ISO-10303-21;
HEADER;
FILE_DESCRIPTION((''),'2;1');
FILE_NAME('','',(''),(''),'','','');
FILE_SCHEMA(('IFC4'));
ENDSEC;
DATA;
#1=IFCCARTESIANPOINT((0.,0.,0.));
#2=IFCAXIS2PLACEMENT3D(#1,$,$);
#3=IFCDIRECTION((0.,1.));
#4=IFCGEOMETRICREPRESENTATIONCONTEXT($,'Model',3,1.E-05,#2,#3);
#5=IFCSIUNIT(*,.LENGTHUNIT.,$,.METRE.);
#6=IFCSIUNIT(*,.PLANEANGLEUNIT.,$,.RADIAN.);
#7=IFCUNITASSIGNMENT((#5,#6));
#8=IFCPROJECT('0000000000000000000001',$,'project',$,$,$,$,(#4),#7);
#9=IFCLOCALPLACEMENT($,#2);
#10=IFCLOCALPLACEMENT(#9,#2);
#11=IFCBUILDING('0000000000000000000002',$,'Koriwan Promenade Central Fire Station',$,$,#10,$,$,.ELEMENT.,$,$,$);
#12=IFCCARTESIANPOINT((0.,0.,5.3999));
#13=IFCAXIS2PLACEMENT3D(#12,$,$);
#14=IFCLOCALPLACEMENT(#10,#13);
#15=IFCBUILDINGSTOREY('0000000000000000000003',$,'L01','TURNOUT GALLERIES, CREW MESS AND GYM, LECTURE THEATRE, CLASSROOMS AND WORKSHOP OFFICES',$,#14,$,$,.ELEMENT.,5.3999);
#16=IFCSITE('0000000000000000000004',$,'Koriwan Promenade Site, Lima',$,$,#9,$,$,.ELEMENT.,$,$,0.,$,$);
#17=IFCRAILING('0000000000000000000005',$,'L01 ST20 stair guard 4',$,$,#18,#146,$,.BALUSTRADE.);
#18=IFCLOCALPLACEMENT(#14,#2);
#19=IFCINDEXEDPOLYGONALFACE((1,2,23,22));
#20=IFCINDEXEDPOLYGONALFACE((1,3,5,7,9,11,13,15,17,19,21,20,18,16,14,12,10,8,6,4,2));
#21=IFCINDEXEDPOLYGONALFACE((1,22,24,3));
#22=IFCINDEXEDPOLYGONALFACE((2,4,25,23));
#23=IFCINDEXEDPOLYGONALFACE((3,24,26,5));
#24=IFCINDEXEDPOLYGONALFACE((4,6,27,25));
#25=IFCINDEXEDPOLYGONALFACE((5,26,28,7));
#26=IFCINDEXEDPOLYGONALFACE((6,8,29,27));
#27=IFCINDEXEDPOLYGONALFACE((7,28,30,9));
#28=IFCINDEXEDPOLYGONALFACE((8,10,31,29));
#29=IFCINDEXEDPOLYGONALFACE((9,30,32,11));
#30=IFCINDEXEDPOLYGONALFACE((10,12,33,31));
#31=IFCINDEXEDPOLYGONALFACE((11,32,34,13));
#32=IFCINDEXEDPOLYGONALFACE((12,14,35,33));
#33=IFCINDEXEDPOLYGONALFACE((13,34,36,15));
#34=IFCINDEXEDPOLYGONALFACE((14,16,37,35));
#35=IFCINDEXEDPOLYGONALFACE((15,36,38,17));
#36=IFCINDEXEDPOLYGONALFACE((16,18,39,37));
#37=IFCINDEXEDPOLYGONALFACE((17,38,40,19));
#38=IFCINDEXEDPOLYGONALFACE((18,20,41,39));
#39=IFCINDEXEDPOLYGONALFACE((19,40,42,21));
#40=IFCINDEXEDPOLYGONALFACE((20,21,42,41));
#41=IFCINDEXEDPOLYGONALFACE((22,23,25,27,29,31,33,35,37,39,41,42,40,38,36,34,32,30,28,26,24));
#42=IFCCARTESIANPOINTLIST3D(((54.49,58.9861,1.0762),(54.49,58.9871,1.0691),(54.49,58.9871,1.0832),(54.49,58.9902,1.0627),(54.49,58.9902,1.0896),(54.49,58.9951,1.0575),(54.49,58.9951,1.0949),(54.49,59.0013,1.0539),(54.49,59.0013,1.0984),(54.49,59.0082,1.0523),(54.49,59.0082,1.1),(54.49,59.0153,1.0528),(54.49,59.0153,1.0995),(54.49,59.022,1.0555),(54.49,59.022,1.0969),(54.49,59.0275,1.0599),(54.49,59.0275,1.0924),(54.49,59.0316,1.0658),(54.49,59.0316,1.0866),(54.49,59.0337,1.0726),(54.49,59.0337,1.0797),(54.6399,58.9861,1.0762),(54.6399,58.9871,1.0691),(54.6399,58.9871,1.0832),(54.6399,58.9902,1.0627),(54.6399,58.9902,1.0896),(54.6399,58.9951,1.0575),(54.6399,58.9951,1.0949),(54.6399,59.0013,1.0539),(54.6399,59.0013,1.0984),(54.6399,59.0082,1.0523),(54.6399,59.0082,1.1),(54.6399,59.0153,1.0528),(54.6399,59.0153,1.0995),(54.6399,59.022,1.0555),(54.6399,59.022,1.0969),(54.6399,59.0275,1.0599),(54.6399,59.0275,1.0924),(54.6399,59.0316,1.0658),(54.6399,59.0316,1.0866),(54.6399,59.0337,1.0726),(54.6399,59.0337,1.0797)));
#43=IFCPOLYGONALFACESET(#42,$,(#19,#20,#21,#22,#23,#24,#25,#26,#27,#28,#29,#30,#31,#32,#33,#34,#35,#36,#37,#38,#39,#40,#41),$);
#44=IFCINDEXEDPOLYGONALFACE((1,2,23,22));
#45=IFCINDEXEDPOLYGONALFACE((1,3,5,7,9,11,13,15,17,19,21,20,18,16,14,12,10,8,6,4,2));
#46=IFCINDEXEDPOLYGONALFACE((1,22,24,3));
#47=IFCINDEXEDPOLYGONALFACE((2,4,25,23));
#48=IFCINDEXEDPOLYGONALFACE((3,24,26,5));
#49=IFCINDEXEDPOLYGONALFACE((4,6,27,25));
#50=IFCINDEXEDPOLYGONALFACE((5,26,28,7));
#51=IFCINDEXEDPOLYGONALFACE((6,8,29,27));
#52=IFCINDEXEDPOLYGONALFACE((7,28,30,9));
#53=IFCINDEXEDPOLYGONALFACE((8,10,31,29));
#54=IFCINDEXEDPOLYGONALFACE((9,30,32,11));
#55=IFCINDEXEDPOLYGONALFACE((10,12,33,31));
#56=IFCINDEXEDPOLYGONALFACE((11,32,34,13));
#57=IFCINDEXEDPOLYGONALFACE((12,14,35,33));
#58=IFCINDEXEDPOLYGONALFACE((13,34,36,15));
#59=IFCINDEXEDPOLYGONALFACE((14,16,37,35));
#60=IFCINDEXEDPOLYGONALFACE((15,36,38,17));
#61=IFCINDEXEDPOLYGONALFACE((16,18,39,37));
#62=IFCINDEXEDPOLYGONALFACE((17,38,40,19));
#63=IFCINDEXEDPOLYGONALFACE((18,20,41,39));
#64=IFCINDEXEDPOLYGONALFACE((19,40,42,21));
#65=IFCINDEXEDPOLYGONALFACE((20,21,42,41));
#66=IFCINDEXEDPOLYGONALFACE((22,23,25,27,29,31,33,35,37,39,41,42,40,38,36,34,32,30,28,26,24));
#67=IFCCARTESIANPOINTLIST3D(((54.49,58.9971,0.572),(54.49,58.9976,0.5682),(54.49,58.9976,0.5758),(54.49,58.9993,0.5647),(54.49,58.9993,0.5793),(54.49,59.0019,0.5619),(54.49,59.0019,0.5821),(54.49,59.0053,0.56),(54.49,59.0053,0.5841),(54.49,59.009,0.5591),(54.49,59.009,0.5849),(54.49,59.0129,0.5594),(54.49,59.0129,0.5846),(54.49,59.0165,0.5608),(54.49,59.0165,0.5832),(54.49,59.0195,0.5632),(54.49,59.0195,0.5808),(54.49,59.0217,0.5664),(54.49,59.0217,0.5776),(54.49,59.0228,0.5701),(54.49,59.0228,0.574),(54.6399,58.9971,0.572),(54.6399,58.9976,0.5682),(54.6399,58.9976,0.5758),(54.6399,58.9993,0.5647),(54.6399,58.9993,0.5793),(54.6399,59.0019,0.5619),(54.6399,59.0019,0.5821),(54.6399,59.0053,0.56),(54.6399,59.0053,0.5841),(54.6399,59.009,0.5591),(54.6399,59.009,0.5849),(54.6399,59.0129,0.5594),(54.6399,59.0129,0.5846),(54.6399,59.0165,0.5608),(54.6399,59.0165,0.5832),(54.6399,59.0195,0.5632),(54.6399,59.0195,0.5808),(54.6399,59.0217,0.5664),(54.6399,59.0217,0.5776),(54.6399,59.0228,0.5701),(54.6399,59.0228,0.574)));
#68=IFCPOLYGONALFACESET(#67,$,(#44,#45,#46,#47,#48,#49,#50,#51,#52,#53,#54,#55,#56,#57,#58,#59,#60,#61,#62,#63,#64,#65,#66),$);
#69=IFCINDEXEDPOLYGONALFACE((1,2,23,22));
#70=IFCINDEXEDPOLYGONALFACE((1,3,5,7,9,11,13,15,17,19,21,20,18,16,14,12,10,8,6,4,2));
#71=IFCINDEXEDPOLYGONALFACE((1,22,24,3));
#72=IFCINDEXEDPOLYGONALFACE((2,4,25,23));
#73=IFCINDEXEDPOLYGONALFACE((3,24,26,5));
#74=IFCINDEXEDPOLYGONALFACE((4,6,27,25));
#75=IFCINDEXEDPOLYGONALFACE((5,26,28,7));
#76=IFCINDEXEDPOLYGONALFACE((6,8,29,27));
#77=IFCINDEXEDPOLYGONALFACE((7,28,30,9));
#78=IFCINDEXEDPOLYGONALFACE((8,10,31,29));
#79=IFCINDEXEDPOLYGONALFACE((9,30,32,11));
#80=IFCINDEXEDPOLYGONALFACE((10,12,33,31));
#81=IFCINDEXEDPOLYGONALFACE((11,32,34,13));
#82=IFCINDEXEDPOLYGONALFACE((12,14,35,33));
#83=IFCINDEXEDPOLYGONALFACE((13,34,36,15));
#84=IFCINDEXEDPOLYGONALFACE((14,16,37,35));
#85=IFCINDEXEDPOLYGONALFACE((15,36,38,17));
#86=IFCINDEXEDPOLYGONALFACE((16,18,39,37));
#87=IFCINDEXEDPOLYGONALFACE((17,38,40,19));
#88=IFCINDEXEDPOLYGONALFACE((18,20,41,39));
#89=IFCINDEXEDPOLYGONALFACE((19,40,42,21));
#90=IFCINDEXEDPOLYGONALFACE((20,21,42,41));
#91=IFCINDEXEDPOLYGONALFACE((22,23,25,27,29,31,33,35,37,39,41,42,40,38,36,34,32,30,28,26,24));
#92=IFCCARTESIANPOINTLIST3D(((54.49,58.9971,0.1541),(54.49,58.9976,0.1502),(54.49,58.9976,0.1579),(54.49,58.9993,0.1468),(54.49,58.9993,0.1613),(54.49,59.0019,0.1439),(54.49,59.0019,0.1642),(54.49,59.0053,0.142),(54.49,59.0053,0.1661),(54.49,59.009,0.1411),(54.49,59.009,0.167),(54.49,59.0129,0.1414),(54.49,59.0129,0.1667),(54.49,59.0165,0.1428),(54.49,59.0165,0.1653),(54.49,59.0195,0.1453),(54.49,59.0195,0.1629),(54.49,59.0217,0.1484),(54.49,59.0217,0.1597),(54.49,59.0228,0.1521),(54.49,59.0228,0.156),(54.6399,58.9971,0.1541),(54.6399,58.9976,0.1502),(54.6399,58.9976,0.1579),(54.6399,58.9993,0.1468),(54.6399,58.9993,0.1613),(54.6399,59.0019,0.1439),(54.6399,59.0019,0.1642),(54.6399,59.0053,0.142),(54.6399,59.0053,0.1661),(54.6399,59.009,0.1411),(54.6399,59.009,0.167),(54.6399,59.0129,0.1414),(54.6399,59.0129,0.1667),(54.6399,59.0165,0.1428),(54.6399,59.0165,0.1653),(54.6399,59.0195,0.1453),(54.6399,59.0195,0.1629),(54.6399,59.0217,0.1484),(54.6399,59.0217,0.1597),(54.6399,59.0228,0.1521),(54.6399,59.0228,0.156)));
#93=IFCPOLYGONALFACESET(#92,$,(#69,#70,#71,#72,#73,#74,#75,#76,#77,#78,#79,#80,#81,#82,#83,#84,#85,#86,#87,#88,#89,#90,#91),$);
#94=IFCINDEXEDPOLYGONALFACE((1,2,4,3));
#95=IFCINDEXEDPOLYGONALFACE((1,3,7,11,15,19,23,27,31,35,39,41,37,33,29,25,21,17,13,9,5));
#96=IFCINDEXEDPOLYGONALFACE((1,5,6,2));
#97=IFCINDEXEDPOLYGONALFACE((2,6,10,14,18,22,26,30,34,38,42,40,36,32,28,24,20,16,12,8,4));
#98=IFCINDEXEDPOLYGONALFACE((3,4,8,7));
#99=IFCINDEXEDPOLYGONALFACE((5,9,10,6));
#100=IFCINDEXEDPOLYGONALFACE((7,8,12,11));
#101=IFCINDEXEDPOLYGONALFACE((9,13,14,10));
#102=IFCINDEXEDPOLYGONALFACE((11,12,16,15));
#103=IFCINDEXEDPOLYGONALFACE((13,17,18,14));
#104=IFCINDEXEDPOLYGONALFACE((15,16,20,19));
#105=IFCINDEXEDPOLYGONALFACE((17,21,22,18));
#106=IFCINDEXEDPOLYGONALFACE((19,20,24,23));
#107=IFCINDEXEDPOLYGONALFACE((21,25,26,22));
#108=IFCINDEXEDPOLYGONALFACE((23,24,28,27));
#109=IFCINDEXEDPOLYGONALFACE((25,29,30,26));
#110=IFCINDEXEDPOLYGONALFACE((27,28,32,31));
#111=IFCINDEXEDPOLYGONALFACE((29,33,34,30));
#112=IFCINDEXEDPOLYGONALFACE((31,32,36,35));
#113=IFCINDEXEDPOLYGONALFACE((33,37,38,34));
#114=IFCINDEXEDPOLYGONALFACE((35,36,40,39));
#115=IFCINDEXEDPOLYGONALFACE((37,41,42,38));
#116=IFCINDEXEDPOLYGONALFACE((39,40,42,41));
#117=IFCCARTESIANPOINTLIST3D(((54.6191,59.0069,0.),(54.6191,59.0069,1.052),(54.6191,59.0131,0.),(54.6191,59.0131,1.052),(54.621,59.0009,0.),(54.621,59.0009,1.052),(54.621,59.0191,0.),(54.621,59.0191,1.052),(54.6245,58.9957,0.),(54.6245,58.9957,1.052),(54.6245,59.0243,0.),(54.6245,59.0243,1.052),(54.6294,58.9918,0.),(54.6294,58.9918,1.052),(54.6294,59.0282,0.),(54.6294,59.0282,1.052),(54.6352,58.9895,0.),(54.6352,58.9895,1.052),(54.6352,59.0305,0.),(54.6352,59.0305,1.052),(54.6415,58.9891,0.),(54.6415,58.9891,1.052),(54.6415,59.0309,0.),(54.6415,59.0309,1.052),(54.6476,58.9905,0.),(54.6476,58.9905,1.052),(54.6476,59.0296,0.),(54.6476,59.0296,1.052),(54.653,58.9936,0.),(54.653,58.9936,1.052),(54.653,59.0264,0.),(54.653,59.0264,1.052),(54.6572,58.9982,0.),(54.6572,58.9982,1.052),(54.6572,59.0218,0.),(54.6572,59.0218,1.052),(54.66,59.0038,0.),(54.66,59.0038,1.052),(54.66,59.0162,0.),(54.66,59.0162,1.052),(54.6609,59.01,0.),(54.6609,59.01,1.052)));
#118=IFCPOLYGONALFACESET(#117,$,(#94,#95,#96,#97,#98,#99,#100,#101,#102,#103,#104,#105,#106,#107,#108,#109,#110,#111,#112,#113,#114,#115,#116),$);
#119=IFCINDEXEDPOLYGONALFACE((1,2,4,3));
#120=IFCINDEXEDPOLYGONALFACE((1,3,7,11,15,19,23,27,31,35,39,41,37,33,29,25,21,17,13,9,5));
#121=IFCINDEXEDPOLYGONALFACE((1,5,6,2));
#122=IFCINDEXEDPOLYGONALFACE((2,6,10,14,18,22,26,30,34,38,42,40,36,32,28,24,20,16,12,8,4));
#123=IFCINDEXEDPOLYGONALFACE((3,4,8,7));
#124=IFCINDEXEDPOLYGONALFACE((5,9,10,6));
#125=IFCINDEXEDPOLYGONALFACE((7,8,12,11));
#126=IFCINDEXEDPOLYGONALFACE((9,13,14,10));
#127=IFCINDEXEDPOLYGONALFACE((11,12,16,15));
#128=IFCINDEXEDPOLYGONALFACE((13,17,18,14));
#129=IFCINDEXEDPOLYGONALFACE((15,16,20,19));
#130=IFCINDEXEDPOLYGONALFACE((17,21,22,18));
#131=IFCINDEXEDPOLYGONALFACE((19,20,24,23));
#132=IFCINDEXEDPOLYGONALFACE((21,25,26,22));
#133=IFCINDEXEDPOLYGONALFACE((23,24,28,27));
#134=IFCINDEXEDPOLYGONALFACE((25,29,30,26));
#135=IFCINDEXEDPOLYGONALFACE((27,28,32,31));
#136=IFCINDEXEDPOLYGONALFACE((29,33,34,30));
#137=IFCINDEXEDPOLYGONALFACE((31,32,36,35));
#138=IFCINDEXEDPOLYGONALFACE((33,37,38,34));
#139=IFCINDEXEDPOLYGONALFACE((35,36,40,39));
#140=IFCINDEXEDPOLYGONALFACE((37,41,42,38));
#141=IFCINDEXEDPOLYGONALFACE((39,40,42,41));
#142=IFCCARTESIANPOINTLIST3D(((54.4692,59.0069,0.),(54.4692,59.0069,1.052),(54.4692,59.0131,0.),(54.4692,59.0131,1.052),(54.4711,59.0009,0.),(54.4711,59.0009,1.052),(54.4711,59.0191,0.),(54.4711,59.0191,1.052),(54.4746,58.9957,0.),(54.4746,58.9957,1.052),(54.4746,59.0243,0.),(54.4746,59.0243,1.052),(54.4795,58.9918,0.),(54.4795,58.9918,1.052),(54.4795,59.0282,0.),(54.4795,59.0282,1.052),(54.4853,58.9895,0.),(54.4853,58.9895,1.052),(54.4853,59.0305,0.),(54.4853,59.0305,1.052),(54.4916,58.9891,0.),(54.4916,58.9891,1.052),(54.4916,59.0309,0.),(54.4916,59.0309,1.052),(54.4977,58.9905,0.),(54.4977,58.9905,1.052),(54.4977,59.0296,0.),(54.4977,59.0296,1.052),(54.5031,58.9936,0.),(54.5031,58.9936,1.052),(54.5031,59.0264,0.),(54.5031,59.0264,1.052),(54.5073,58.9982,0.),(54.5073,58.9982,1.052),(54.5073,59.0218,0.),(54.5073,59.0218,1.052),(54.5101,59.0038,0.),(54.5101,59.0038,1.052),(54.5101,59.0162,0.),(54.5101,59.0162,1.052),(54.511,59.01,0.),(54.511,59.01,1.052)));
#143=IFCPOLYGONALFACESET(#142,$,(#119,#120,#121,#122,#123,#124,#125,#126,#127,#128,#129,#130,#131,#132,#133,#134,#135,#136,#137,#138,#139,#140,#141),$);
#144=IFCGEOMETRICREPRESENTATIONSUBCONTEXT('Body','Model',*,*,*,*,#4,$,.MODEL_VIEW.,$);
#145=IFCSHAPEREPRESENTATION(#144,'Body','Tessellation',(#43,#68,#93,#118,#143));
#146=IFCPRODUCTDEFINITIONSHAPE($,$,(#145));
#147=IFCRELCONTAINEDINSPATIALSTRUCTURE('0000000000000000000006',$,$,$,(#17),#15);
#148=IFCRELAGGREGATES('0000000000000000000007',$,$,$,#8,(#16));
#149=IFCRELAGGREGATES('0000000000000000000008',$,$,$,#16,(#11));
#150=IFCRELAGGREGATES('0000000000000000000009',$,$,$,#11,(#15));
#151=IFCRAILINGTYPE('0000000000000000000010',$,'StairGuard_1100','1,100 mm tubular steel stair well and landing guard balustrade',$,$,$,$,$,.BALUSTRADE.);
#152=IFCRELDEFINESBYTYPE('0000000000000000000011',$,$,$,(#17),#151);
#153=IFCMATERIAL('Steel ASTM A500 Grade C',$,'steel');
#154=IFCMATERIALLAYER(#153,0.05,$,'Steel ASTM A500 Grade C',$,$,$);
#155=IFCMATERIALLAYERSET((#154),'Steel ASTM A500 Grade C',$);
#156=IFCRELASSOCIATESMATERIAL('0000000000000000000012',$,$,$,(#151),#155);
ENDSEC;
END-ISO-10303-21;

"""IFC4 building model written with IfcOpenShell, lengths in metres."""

from ifc_helpers import new_model, si_unit, direction, frame, origin, origin_2d, place, context, subcontext, project, spatial, circle, extrude, material, layer, layer_set, type_object, element, save


model = new_model("IFC4")

# Units and contexts
model_context = context("Model", 3, precision=1e-05, world=origin(), true_north=direction((0.0, 1.0)))
body_context = subcontext(model_context, "Body", "Model", "MODEL_VIEW")
ifc_project = project(units=[si_unit("LENGTHUNIT", "METRE"), si_unit("PLANEANGLEUNIT", "RADIAN")], contexts=[model_context])

# Site, building, storey
site_placement = place(None, origin())
site = spatial("IfcSite", under=ifc_project, at=site_placement, Name="Koriwan Promenade Site, Lima", CompositionType="ELEMENT", RefElevation=0.0)
building_placement = place(site_placement, origin())
building = spatial("IfcBuilding", under=site, at=building_placement, Name="Koriwan Promenade Central Fire Station", CompositionType="ELEMENT")
storey_placement = place(building_placement, frame((0.0, 0.0, 5.3999)))
storey = spatial("IfcBuildingStorey", under=building, at=storey_placement, Name="L01", Description="TURNOUT GALLERIES, CREW MESS AND GYM, LECTURE THEATRE, CLASSROOMS AND WORKSHOP OFFICES", CompositionType="ELEMENT", Elevation=5.3999)

# Railing
ifc_material_1 = material(Name="Steel ASTM A500 Grade C", Category="steel")
ifc_layer_1 = layer(ifc_material_1, 0.05, Name="Steel ASTM A500 Grade C")
ifc_layer_set_1 = layer_set([ifc_layer_1], Name="Steel ASTM A500 Grade C")
railing_type_1 = type_object("IfcRailingType", Name="StairGuard_1100", Description="1,100 mm tubular steel stair well and landing guard balustrade", PredefinedType="BALUSTRADE", material=ifc_layer_set_1)
railing_1_placement = place(storey_placement, frame((54.6399, 59.01, 0.0)))
element("IfcRailing", 1, at=railing_1_placement, inside=storey, type_object=railing_type_1, Name="L01 ST20 stair guard 4", PredefinedType="BALUSTRADE", context=body_context, shape_type="SweptSolid", body=[
    extrude(circle(Radius=0.0239, at=origin_2d()), frame((0.0, 0.0, 1.0762), z_axis=(-1.0, 0.0, 0.0), x_axis=(0.0, -1.0, 0.0)), (0.0, 0.0, 1.0), 0.1499),
    extrude(circle(Radius=0.0129, at=origin_2d()), frame((0.0, 0.0, 0.572), z_axis=(-1.0, 0.0, 0.0), x_axis=(0.0, -1.0, 0.0)), (0.0, 0.0, 1.0), 0.1499),
    extrude(circle(Radius=0.0129, at=origin_2d()), frame((0.0, 0.0, 0.1541), z_axis=(-1.0, 0.0, 0.0), x_axis=(0.0, -1.0, 0.0)), (0.0, 0.0, 1.0), 0.1499),
    extrude(circle(Radius=0.021, at=origin_2d()), origin(), (0.0, 0.0, 1.0), 1.052),
    extrude(circle(Radius=0.021, at=origin_2d()), frame((-0.1499, 0.0, 0.0)), (0.0, 0.0, 1.0), 1.052),
])

save(model, "model.ifc")
